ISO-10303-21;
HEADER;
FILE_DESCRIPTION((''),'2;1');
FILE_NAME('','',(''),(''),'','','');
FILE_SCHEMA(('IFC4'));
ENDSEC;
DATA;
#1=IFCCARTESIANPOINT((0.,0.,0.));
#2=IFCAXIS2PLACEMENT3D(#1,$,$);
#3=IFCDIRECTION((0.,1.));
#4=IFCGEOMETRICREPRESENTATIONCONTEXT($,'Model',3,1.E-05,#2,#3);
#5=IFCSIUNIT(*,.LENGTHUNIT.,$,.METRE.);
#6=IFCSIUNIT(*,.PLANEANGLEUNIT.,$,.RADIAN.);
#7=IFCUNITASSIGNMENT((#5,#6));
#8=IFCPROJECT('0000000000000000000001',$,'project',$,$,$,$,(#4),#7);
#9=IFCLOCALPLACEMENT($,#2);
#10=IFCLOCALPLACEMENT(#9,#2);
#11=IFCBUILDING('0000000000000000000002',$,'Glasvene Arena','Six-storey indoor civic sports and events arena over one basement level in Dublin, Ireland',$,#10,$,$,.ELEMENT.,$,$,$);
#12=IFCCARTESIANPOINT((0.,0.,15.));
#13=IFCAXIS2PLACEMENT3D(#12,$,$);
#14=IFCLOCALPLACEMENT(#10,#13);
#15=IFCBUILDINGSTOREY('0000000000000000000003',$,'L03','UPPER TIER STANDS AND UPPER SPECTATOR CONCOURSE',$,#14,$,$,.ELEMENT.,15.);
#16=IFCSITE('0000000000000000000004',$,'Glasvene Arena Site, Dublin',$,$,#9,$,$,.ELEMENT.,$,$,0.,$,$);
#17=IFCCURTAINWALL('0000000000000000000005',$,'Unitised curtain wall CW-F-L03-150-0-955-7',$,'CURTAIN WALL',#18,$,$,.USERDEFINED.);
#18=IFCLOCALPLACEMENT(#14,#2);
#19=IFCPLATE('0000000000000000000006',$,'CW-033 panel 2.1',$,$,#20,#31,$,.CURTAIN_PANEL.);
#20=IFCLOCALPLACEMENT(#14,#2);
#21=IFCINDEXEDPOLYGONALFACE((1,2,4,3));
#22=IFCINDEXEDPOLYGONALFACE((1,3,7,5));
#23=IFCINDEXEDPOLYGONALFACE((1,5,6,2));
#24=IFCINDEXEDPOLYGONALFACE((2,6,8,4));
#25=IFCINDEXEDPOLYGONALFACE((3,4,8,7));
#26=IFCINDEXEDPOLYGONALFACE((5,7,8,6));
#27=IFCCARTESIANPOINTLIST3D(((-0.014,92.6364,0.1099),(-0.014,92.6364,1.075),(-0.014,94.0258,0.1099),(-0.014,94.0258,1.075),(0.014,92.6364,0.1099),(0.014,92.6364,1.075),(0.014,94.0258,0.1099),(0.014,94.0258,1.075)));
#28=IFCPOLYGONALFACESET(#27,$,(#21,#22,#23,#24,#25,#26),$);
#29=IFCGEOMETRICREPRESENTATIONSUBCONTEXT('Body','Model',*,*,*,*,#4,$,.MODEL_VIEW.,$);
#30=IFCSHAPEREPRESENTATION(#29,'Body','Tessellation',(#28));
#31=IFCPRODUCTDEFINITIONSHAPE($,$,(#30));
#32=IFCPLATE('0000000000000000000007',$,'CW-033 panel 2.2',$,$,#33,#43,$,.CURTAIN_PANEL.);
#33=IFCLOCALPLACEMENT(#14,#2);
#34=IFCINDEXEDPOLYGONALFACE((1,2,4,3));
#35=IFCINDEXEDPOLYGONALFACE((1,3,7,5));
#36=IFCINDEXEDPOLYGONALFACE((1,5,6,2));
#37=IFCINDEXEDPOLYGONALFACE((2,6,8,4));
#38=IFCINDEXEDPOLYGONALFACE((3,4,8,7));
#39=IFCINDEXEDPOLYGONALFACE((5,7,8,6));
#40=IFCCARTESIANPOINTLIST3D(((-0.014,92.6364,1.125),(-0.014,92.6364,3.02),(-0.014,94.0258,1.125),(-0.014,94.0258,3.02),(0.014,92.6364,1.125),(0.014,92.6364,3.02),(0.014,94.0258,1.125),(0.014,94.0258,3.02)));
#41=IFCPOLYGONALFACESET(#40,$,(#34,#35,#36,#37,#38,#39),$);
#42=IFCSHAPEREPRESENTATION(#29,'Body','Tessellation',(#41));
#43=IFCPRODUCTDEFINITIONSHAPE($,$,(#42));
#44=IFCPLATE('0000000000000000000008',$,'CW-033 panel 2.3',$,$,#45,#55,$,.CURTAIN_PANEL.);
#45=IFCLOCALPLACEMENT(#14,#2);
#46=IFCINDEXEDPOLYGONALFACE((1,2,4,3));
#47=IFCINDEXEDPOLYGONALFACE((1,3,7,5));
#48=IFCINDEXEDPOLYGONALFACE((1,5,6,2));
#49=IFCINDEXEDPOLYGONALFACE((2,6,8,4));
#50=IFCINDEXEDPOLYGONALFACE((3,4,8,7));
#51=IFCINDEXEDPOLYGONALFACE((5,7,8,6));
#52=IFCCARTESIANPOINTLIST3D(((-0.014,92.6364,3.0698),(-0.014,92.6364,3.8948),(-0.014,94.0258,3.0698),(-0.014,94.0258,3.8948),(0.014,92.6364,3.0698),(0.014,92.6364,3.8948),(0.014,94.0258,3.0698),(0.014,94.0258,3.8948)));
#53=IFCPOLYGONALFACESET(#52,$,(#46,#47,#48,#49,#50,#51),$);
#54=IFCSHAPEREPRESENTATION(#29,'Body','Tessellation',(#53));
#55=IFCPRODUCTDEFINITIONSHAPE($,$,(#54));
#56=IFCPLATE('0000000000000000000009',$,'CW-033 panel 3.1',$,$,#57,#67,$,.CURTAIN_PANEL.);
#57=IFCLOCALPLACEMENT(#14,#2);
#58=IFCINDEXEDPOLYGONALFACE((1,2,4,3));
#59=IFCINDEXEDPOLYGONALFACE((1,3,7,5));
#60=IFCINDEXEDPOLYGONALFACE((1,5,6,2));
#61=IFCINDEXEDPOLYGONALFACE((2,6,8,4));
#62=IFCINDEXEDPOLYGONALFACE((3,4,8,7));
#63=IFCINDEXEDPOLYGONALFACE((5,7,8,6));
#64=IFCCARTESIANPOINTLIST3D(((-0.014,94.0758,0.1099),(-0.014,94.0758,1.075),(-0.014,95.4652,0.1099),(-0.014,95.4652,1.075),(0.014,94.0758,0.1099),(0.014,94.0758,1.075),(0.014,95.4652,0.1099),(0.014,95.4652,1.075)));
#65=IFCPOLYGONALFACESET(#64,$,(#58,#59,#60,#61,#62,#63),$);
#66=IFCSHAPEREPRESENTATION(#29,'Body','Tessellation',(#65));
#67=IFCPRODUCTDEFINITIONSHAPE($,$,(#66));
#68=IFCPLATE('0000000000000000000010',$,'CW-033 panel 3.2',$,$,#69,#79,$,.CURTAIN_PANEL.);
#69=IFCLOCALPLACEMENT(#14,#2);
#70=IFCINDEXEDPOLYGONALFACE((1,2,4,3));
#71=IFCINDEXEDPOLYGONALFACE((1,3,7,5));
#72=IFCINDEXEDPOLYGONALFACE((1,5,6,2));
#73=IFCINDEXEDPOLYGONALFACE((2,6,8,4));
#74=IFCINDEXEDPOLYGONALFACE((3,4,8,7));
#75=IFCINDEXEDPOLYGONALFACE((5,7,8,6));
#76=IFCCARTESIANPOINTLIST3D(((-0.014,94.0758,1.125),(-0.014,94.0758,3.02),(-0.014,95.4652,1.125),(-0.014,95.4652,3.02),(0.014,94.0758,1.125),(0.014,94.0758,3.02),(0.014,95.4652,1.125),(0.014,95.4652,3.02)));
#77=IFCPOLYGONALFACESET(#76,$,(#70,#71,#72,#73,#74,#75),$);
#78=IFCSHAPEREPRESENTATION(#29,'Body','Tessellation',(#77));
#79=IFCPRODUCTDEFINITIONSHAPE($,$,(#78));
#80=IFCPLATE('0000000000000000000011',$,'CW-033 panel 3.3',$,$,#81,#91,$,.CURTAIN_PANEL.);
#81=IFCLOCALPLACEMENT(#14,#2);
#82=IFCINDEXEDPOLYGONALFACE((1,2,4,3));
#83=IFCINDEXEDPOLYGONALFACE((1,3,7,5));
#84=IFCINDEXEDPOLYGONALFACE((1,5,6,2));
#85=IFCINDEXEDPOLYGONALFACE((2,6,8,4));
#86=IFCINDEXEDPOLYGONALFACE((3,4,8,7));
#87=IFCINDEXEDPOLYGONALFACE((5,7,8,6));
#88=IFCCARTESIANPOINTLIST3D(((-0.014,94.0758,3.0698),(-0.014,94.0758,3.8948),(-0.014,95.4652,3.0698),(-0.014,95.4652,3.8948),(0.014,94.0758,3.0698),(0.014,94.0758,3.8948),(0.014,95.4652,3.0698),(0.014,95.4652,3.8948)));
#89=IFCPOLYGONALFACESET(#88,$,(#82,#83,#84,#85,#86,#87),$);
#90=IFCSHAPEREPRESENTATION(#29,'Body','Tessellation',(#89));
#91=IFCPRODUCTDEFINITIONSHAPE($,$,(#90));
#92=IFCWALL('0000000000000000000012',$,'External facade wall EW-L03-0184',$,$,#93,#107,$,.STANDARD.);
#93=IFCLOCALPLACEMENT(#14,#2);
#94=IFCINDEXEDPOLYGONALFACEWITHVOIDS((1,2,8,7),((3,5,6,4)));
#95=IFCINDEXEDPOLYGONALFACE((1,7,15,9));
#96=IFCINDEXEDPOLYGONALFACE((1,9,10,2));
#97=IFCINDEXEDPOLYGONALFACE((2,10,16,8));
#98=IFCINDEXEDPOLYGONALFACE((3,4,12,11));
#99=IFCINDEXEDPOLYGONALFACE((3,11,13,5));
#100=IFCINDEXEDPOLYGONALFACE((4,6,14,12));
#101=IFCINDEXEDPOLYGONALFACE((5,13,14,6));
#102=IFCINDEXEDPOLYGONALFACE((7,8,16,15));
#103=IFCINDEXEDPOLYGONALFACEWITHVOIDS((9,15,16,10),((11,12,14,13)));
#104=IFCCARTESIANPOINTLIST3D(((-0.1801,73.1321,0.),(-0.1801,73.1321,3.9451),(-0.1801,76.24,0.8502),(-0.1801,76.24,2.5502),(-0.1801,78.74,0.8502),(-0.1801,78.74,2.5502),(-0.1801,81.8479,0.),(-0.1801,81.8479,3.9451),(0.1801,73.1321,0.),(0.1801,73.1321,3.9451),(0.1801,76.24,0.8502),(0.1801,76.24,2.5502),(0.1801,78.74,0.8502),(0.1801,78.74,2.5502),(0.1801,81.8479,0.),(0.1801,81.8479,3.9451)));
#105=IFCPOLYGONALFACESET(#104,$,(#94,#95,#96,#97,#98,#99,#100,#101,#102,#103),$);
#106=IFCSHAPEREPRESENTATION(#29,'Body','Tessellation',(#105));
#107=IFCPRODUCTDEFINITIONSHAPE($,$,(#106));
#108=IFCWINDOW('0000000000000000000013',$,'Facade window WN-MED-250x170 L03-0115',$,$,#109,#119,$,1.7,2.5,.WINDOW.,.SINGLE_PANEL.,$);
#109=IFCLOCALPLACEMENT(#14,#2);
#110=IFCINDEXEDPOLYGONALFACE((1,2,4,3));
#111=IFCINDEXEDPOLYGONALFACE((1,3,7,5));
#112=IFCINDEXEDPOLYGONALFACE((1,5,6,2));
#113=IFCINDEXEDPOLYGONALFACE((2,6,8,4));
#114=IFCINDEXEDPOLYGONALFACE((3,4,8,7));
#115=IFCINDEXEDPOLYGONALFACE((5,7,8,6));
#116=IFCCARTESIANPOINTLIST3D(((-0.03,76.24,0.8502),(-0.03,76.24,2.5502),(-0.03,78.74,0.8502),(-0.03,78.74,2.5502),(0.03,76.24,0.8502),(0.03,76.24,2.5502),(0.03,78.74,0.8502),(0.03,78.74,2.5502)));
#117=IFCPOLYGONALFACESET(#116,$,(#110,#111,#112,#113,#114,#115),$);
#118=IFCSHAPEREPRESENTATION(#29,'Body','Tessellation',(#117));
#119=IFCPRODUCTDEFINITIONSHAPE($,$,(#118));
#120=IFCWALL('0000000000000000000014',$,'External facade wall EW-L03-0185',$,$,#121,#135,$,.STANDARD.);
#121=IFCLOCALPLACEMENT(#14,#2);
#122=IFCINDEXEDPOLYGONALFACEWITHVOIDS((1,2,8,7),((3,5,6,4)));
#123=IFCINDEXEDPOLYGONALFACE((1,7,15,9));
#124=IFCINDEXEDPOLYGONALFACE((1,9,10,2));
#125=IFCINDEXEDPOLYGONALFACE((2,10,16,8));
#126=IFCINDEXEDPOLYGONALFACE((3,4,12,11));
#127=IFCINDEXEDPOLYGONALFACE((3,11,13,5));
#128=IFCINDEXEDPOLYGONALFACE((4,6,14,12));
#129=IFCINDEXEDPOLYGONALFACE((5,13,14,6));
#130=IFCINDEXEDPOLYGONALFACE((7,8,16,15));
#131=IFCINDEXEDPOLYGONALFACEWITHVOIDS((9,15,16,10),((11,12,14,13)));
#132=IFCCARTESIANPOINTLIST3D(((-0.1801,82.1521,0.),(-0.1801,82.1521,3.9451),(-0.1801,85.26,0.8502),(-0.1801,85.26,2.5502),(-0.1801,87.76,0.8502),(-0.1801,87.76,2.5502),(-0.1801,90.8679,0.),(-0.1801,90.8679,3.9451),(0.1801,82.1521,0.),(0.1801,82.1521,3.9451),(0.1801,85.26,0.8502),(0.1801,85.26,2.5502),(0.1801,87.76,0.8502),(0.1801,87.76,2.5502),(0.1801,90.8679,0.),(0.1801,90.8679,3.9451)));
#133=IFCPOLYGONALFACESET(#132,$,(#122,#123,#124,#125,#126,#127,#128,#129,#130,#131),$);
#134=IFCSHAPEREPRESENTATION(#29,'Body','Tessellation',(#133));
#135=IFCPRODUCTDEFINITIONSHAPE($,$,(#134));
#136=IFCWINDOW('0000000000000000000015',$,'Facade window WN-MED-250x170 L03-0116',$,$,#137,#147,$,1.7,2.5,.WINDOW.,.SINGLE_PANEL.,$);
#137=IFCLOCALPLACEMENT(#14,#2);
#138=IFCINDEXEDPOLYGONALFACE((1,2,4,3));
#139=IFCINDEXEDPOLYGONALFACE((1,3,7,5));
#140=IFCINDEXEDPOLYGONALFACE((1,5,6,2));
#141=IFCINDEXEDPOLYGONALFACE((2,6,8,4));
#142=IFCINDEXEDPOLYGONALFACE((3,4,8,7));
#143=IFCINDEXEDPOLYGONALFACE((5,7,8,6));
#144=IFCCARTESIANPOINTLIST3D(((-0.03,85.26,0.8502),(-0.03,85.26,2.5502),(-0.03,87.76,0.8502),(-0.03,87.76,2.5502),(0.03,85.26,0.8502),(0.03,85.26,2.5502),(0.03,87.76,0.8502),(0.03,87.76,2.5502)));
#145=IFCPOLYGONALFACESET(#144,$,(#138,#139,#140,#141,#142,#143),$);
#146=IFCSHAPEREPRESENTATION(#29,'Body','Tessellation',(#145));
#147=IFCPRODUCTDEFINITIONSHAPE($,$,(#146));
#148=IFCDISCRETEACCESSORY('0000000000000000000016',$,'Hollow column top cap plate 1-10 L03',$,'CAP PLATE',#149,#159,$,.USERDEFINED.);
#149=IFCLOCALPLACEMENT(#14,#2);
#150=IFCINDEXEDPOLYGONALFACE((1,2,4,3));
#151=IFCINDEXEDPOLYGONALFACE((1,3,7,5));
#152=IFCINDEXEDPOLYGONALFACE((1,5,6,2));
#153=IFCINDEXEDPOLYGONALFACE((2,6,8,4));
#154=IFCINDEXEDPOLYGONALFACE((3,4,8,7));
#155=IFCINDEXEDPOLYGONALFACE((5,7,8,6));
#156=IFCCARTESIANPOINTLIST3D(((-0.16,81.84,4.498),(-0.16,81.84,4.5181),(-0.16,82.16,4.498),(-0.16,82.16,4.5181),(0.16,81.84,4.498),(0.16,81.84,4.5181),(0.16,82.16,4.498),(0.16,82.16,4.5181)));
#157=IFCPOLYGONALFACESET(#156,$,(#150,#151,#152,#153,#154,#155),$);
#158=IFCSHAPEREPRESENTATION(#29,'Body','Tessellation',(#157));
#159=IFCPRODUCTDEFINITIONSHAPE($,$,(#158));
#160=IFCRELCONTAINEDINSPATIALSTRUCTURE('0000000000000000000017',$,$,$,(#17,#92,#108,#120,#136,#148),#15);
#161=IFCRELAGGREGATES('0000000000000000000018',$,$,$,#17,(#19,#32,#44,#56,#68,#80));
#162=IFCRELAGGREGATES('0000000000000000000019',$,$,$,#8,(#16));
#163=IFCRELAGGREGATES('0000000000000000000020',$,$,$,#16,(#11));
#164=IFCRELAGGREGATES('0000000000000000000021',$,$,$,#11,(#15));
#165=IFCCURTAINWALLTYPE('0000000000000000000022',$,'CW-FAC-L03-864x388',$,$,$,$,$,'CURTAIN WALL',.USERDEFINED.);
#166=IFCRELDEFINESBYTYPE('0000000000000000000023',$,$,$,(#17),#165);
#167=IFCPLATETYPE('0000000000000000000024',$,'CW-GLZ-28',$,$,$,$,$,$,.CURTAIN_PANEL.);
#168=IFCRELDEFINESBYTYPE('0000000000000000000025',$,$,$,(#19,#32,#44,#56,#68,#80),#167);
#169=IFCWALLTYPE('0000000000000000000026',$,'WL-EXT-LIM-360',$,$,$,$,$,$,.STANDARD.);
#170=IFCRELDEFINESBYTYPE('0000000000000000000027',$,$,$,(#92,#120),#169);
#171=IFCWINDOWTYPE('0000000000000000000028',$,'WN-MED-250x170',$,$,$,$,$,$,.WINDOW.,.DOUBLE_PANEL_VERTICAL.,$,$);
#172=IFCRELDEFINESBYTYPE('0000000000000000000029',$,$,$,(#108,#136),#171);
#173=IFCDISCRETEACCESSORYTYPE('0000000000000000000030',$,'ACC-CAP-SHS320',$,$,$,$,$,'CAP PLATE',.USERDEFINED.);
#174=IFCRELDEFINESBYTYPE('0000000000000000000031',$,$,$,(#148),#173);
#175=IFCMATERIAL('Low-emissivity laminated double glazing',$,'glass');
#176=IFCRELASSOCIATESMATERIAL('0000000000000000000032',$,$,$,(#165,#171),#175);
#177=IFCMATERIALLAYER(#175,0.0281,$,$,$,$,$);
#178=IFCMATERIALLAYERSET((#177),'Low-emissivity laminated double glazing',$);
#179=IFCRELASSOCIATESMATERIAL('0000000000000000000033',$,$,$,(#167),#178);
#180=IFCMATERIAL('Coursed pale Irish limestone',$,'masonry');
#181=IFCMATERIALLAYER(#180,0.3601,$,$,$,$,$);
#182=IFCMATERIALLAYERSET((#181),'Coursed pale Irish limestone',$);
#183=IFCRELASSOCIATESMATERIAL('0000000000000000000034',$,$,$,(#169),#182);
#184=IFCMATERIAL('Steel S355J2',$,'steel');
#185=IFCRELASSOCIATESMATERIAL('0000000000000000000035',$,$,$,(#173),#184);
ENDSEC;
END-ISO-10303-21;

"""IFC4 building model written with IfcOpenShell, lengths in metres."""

from ifc_helpers import new_model, si_unit, direction, frame, frame_2d, origin, origin_2d, place, context, subcontext, project, spatial, rectangle, extrude, material, layer, layer_set, type_object, element, fill, aggregate, save


model = new_model("IFC4")

# Units and contexts
model_context = context("Model", 3, precision=1e-05, world=origin(), true_north=direction((0.0, 1.0)))
body_context = subcontext(model_context, "Body", "Model", "MODEL_VIEW")
ifc_project = project(units=[si_unit("LENGTHUNIT", "METRE"), si_unit("PLANEANGLEUNIT", "RADIAN")], contexts=[model_context])

# Site, building, storey
site_placement = place(None, origin())
site = spatial("IfcSite", under=ifc_project, at=site_placement, Name="Glasvene Arena Site, Dublin", CompositionType="ELEMENT", RefElevation=0.0)
building_placement = place(site_placement, origin())
building = spatial("IfcBuilding", under=site, at=building_placement, Name="Glasvene Arena", Description="Six-storey indoor civic sports and events arena over one basement level in Dublin, Ireland", CompositionType="ELEMENT")
storey_placement = place(building_placement, frame((0.0, 0.0, 15.0)))
storey = spatial("IfcBuildingStorey", under=building, at=storey_placement, Name="L03", Description="UPPER TIER STANDS AND UPPER SPECTATOR CONCOURSE", CompositionType="ELEMENT", Elevation=15.0)

# Shared definitions
ifc_material_1 = material(Name="Steel S355J2", Category="steel")

# Curtain wall, plates
ifc_material_2 = material(Name="Low-emissivity laminated double glazing", Category="glass")
curtain_wall_type = type_object("IfcCurtainWallType", Name="CW-FAC-L03-864x388", ElementType="CURTAIN WALL", PredefinedType="USERDEFINED", material=ifc_material_2)
curtain_wall_placement = place(storey_placement, frame((0.0, 91.1721, 0.0)))
curtain_wall = element("IfcCurtainWall", 1, at=curtain_wall_placement, inside=storey, type_object=curtain_wall_type, Name="Unitised curtain wall CW-F-L03-150-0-955-7", ObjectType="CURTAIN WALL", PredefinedType="USERDEFINED")
ifc_layer_1 = layer(ifc_material_2, 0.0281)
ifc_layer_set_1 = layer_set([ifc_layer_1], Name="Low-emissivity laminated double glazing")
plate_type = type_object("IfcPlateType", Name="CW-GLZ-28", PredefinedType="CURTAIN_PANEL", material=ifc_layer_set_1)
plate_1_placement = place(storey_placement, frame((0.0, 93.3311, 0.1099), z_axis=(0.0, 0.0, 1.0), x_axis=(0.0, 1.0, 0.0)))
plate_1 = element("IfcPlate", 2, at=plate_1_placement, type_object=plate_type, Name="CW-033 panel 2.1", PredefinedType="CURTAIN_PANEL", context=body_context, shape_type="SweptSolid", body=[
    extrude(rectangle(XDim=1.3894, YDim=0.0281, at=origin_2d()), origin(), (0.0, 0.0, 1.0), 0.9651),
])
plate_2_placement = place(storey_placement, frame((0.0, 93.3311, 1.125), z_axis=(0.0, 0.0, 1.0), x_axis=(0.0, 1.0, 0.0)))
plate_2 = element("IfcPlate", 3, at=plate_2_placement, type_object=plate_type, Name="CW-033 panel 2.2", PredefinedType="CURTAIN_PANEL", context=body_context, shape_type="SweptSolid", body=[
    extrude(rectangle(XDim=1.3894, YDim=0.0281, at=origin_2d()), origin(), (0.0, 0.0, 1.0), 1.895),
])
plate_3_placement = place(storey_placement, frame((0.0, 93.3311, 3.0698), z_axis=(0.0, 0.0, 1.0), x_axis=(0.0, 1.0, 0.0)))
plate_3 = element("IfcPlate", 4, at=plate_3_placement, type_object=plate_type, Name="CW-033 panel 2.3", PredefinedType="CURTAIN_PANEL", context=body_context, shape_type="SweptSolid", body=[
    extrude(rectangle(XDim=1.3894, YDim=0.0281, at=origin_2d()), origin(), (0.0, 0.0, 1.0), 0.825),
])
plate_4_placement = place(storey_placement, frame((0.0, 94.7705, 0.1099), z_axis=(0.0, 0.0, 1.0), x_axis=(0.0, 1.0, 0.0)))
plate_4 = element("IfcPlate", 5, at=plate_4_placement, type_object=plate_type, Name="CW-033 panel 3.1", PredefinedType="CURTAIN_PANEL", context=body_context, shape_type="SweptSolid", body=[
    extrude(rectangle(XDim=1.3894, YDim=0.0281, at=origin_2d()), origin(), (0.0, 0.0, 1.0), 0.9651),
])
plate_5_placement = place(storey_placement, frame((0.0, 94.7705, 1.125), z_axis=(0.0, 0.0, 1.0), x_axis=(0.0, 1.0, 0.0)))
plate_5 = element("IfcPlate", 6, at=plate_5_placement, type_object=plate_type, Name="CW-033 panel 3.2", PredefinedType="CURTAIN_PANEL", context=body_context, shape_type="SweptSolid", body=[
    extrude(rectangle(XDim=1.3894, YDim=0.0281, at=origin_2d()), origin(), (0.0, 0.0, 1.0), 1.895),
])
plate_6_placement = place(storey_placement, frame((0.0, 94.7705, 3.0698), z_axis=(0.0, 0.0, 1.0), x_axis=(0.0, 1.0, 0.0)))
plate_6 = element("IfcPlate", 7, at=plate_6_placement, type_object=plate_type, Name="CW-033 panel 3.3", PredefinedType="CURTAIN_PANEL", context=body_context, shape_type="SweptSolid", body=[
    extrude(rectangle(XDim=1.3894, YDim=0.0281, at=origin_2d()), origin(), (0.0, 0.0, 1.0), 0.825),
])
aggregate(curtain_wall, [plate_1, plate_2, plate_3, plate_4, plate_5, plate_6])

# Walls, openings, windows
ifc_material_3 = material(Name="Coursed pale Irish limestone", Category="masonry")
ifc_layer_2 = layer(ifc_material_3, 0.3601)
ifc_layer_set_2 = layer_set([ifc_layer_2], Name="Coursed pale Irish limestone")
wall_type = type_object("IfcWallType", Name="WL-EXT-LIM-360", PredefinedType="STANDARD", material=ifc_layer_set_2)
wall_1_placement = place(storey_placement, frame((0.0, 73.1321, 0.0), z_axis=(0.0, 0.0, 1.0), x_axis=(0.0, 1.0, 0.0)))
wall_1 = element("IfcWall", 8, at=wall_1_placement, inside=storey, type_object=wall_type, Name="External facade wall EW-L03-0184", PredefinedType="STANDARD", context=body_context, shape_type="SweptSolid", body=[
    extrude(rectangle(XDim=8.7158, YDim=0.3601, at=frame_2d((4.3579, 0.0))), origin(), (0.0, 0.0, 1.0), 3.9451),
])
opening_1_placement = place(wall_1_placement, frame((3.1079, 0.0, 0.8501)))
opening_1 = element("IfcOpeningElement", 9, at=opening_1_placement, cuts=wall_1, PredefinedType="OPENING", context=body_context, shape_type="SweptSolid", body=[
    extrude(rectangle(XDim=2.5, YDim=1.7, at=frame_2d((1.25, 0.8501))), frame((0.0, 0.1899, 0.0), z_axis=(0.0, -1.0, 0.0), x_axis=(1.0, 0.0, 0.0)), (0.0, 0.0, 1.0), 0.3801),
])
window_type = type_object("IfcWindowType", Name="WN-MED-250x170", PartitioningType="DOUBLE_PANEL_VERTICAL", PredefinedType="WINDOW", material=ifc_material_2)
window_1_placement = place(opening_1_placement, origin())
window_1 = element("IfcWindow", 10, at=window_1_placement, inside=storey, type_object=window_type, Name="Facade window WN-MED-250x170 L03-0115", OverallHeight=1.7, OverallWidth=2.5, PartitioningType="SINGLE_PANEL", PredefinedType="WINDOW", context=body_context, shape_type="SweptSolid", body=[
    extrude(rectangle(XDim=2.5, YDim=1.7, at=frame_2d((1.25, 0.8501))), frame((0.0, 0.03, 0.0), z_axis=(0.0, -1.0, 0.0), x_axis=(1.0, 0.0, 0.0)), (0.0, 0.0, 1.0), 0.0601),
])
fill(opening_1, window_1)
wall_2_placement = place(storey_placement, frame((0.0, 82.1521, 0.0), z_axis=(0.0, 0.0, 1.0), x_axis=(0.0, 1.0, 0.0)))
wall_2 = element("IfcWall", 11, at=wall_2_placement, inside=storey, type_object=wall_type, Name="External facade wall EW-L03-0185", PredefinedType="STANDARD", context=body_context, shape_type="SweptSolid", body=[
    extrude(rectangle(XDim=8.7158, YDim=0.3601, at=frame_2d((4.3579, 0.0))), origin(), (0.0, 0.0, 1.0), 3.9451),
])
opening_2_placement = place(wall_2_placement, frame((3.1079, 0.0, 0.8501)))
opening_2 = element("IfcOpeningElement", 12, at=opening_2_placement, cuts=wall_2, PredefinedType="OPENING", context=body_context, shape_type="SweptSolid", body=[
    extrude(rectangle(XDim=2.5, YDim=1.7, at=frame_2d((1.25, 0.8501))), frame((0.0, 0.1899, 0.0), z_axis=(0.0, -1.0, 0.0), x_axis=(1.0, 0.0, 0.0)), (0.0, 0.0, 1.0), 0.3801),
])
window_2_placement = place(opening_2_placement, origin())
window_2 = element("IfcWindow", 13, at=window_2_placement, inside=storey, type_object=window_type, Name="Facade window WN-MED-250x170 L03-0116", OverallHeight=1.7, OverallWidth=2.5, PartitioningType="SINGLE_PANEL", PredefinedType="WINDOW", context=body_context, shape_type="SweptSolid", body=[
    extrude(rectangle(XDim=2.5, YDim=1.7, at=frame_2d((1.25, 0.8501))), frame((0.0, 0.03, 0.0), z_axis=(0.0, -1.0, 0.0), x_axis=(1.0, 0.0, 0.0)), (0.0, 0.0, 1.0), 0.0601),
])
fill(opening_2, window_2)

# Discrete accessory
discrete_accessory_type = type_object("IfcDiscreteAccessoryType", Name="ACC-CAP-SHS320", ElementType="CAP PLATE", PredefinedType="USERDEFINED", material=ifc_material_1)
discrete_accessory_placement = place(storey_placement, frame((0.0, 82.0, 4.498), z_axis=(0.0, 0.0, 1.0), x_axis=(1.0, 0.0, 0.0)))
element("IfcDiscreteAccessory", 14, at=discrete_accessory_placement, inside=storey, type_object=discrete_accessory_type, Name="Hollow column top cap plate 1-10 L03", ObjectType="CAP PLATE", PredefinedType="USERDEFINED", context=body_context, shape_type="SweptSolid", body=[
    extrude(rectangle(XDim=0.3201, YDim=0.3201, at=origin_2d()), origin(), (0.0, 0.0, 1.0), 0.02),
])

save(model, "model.ifc")
